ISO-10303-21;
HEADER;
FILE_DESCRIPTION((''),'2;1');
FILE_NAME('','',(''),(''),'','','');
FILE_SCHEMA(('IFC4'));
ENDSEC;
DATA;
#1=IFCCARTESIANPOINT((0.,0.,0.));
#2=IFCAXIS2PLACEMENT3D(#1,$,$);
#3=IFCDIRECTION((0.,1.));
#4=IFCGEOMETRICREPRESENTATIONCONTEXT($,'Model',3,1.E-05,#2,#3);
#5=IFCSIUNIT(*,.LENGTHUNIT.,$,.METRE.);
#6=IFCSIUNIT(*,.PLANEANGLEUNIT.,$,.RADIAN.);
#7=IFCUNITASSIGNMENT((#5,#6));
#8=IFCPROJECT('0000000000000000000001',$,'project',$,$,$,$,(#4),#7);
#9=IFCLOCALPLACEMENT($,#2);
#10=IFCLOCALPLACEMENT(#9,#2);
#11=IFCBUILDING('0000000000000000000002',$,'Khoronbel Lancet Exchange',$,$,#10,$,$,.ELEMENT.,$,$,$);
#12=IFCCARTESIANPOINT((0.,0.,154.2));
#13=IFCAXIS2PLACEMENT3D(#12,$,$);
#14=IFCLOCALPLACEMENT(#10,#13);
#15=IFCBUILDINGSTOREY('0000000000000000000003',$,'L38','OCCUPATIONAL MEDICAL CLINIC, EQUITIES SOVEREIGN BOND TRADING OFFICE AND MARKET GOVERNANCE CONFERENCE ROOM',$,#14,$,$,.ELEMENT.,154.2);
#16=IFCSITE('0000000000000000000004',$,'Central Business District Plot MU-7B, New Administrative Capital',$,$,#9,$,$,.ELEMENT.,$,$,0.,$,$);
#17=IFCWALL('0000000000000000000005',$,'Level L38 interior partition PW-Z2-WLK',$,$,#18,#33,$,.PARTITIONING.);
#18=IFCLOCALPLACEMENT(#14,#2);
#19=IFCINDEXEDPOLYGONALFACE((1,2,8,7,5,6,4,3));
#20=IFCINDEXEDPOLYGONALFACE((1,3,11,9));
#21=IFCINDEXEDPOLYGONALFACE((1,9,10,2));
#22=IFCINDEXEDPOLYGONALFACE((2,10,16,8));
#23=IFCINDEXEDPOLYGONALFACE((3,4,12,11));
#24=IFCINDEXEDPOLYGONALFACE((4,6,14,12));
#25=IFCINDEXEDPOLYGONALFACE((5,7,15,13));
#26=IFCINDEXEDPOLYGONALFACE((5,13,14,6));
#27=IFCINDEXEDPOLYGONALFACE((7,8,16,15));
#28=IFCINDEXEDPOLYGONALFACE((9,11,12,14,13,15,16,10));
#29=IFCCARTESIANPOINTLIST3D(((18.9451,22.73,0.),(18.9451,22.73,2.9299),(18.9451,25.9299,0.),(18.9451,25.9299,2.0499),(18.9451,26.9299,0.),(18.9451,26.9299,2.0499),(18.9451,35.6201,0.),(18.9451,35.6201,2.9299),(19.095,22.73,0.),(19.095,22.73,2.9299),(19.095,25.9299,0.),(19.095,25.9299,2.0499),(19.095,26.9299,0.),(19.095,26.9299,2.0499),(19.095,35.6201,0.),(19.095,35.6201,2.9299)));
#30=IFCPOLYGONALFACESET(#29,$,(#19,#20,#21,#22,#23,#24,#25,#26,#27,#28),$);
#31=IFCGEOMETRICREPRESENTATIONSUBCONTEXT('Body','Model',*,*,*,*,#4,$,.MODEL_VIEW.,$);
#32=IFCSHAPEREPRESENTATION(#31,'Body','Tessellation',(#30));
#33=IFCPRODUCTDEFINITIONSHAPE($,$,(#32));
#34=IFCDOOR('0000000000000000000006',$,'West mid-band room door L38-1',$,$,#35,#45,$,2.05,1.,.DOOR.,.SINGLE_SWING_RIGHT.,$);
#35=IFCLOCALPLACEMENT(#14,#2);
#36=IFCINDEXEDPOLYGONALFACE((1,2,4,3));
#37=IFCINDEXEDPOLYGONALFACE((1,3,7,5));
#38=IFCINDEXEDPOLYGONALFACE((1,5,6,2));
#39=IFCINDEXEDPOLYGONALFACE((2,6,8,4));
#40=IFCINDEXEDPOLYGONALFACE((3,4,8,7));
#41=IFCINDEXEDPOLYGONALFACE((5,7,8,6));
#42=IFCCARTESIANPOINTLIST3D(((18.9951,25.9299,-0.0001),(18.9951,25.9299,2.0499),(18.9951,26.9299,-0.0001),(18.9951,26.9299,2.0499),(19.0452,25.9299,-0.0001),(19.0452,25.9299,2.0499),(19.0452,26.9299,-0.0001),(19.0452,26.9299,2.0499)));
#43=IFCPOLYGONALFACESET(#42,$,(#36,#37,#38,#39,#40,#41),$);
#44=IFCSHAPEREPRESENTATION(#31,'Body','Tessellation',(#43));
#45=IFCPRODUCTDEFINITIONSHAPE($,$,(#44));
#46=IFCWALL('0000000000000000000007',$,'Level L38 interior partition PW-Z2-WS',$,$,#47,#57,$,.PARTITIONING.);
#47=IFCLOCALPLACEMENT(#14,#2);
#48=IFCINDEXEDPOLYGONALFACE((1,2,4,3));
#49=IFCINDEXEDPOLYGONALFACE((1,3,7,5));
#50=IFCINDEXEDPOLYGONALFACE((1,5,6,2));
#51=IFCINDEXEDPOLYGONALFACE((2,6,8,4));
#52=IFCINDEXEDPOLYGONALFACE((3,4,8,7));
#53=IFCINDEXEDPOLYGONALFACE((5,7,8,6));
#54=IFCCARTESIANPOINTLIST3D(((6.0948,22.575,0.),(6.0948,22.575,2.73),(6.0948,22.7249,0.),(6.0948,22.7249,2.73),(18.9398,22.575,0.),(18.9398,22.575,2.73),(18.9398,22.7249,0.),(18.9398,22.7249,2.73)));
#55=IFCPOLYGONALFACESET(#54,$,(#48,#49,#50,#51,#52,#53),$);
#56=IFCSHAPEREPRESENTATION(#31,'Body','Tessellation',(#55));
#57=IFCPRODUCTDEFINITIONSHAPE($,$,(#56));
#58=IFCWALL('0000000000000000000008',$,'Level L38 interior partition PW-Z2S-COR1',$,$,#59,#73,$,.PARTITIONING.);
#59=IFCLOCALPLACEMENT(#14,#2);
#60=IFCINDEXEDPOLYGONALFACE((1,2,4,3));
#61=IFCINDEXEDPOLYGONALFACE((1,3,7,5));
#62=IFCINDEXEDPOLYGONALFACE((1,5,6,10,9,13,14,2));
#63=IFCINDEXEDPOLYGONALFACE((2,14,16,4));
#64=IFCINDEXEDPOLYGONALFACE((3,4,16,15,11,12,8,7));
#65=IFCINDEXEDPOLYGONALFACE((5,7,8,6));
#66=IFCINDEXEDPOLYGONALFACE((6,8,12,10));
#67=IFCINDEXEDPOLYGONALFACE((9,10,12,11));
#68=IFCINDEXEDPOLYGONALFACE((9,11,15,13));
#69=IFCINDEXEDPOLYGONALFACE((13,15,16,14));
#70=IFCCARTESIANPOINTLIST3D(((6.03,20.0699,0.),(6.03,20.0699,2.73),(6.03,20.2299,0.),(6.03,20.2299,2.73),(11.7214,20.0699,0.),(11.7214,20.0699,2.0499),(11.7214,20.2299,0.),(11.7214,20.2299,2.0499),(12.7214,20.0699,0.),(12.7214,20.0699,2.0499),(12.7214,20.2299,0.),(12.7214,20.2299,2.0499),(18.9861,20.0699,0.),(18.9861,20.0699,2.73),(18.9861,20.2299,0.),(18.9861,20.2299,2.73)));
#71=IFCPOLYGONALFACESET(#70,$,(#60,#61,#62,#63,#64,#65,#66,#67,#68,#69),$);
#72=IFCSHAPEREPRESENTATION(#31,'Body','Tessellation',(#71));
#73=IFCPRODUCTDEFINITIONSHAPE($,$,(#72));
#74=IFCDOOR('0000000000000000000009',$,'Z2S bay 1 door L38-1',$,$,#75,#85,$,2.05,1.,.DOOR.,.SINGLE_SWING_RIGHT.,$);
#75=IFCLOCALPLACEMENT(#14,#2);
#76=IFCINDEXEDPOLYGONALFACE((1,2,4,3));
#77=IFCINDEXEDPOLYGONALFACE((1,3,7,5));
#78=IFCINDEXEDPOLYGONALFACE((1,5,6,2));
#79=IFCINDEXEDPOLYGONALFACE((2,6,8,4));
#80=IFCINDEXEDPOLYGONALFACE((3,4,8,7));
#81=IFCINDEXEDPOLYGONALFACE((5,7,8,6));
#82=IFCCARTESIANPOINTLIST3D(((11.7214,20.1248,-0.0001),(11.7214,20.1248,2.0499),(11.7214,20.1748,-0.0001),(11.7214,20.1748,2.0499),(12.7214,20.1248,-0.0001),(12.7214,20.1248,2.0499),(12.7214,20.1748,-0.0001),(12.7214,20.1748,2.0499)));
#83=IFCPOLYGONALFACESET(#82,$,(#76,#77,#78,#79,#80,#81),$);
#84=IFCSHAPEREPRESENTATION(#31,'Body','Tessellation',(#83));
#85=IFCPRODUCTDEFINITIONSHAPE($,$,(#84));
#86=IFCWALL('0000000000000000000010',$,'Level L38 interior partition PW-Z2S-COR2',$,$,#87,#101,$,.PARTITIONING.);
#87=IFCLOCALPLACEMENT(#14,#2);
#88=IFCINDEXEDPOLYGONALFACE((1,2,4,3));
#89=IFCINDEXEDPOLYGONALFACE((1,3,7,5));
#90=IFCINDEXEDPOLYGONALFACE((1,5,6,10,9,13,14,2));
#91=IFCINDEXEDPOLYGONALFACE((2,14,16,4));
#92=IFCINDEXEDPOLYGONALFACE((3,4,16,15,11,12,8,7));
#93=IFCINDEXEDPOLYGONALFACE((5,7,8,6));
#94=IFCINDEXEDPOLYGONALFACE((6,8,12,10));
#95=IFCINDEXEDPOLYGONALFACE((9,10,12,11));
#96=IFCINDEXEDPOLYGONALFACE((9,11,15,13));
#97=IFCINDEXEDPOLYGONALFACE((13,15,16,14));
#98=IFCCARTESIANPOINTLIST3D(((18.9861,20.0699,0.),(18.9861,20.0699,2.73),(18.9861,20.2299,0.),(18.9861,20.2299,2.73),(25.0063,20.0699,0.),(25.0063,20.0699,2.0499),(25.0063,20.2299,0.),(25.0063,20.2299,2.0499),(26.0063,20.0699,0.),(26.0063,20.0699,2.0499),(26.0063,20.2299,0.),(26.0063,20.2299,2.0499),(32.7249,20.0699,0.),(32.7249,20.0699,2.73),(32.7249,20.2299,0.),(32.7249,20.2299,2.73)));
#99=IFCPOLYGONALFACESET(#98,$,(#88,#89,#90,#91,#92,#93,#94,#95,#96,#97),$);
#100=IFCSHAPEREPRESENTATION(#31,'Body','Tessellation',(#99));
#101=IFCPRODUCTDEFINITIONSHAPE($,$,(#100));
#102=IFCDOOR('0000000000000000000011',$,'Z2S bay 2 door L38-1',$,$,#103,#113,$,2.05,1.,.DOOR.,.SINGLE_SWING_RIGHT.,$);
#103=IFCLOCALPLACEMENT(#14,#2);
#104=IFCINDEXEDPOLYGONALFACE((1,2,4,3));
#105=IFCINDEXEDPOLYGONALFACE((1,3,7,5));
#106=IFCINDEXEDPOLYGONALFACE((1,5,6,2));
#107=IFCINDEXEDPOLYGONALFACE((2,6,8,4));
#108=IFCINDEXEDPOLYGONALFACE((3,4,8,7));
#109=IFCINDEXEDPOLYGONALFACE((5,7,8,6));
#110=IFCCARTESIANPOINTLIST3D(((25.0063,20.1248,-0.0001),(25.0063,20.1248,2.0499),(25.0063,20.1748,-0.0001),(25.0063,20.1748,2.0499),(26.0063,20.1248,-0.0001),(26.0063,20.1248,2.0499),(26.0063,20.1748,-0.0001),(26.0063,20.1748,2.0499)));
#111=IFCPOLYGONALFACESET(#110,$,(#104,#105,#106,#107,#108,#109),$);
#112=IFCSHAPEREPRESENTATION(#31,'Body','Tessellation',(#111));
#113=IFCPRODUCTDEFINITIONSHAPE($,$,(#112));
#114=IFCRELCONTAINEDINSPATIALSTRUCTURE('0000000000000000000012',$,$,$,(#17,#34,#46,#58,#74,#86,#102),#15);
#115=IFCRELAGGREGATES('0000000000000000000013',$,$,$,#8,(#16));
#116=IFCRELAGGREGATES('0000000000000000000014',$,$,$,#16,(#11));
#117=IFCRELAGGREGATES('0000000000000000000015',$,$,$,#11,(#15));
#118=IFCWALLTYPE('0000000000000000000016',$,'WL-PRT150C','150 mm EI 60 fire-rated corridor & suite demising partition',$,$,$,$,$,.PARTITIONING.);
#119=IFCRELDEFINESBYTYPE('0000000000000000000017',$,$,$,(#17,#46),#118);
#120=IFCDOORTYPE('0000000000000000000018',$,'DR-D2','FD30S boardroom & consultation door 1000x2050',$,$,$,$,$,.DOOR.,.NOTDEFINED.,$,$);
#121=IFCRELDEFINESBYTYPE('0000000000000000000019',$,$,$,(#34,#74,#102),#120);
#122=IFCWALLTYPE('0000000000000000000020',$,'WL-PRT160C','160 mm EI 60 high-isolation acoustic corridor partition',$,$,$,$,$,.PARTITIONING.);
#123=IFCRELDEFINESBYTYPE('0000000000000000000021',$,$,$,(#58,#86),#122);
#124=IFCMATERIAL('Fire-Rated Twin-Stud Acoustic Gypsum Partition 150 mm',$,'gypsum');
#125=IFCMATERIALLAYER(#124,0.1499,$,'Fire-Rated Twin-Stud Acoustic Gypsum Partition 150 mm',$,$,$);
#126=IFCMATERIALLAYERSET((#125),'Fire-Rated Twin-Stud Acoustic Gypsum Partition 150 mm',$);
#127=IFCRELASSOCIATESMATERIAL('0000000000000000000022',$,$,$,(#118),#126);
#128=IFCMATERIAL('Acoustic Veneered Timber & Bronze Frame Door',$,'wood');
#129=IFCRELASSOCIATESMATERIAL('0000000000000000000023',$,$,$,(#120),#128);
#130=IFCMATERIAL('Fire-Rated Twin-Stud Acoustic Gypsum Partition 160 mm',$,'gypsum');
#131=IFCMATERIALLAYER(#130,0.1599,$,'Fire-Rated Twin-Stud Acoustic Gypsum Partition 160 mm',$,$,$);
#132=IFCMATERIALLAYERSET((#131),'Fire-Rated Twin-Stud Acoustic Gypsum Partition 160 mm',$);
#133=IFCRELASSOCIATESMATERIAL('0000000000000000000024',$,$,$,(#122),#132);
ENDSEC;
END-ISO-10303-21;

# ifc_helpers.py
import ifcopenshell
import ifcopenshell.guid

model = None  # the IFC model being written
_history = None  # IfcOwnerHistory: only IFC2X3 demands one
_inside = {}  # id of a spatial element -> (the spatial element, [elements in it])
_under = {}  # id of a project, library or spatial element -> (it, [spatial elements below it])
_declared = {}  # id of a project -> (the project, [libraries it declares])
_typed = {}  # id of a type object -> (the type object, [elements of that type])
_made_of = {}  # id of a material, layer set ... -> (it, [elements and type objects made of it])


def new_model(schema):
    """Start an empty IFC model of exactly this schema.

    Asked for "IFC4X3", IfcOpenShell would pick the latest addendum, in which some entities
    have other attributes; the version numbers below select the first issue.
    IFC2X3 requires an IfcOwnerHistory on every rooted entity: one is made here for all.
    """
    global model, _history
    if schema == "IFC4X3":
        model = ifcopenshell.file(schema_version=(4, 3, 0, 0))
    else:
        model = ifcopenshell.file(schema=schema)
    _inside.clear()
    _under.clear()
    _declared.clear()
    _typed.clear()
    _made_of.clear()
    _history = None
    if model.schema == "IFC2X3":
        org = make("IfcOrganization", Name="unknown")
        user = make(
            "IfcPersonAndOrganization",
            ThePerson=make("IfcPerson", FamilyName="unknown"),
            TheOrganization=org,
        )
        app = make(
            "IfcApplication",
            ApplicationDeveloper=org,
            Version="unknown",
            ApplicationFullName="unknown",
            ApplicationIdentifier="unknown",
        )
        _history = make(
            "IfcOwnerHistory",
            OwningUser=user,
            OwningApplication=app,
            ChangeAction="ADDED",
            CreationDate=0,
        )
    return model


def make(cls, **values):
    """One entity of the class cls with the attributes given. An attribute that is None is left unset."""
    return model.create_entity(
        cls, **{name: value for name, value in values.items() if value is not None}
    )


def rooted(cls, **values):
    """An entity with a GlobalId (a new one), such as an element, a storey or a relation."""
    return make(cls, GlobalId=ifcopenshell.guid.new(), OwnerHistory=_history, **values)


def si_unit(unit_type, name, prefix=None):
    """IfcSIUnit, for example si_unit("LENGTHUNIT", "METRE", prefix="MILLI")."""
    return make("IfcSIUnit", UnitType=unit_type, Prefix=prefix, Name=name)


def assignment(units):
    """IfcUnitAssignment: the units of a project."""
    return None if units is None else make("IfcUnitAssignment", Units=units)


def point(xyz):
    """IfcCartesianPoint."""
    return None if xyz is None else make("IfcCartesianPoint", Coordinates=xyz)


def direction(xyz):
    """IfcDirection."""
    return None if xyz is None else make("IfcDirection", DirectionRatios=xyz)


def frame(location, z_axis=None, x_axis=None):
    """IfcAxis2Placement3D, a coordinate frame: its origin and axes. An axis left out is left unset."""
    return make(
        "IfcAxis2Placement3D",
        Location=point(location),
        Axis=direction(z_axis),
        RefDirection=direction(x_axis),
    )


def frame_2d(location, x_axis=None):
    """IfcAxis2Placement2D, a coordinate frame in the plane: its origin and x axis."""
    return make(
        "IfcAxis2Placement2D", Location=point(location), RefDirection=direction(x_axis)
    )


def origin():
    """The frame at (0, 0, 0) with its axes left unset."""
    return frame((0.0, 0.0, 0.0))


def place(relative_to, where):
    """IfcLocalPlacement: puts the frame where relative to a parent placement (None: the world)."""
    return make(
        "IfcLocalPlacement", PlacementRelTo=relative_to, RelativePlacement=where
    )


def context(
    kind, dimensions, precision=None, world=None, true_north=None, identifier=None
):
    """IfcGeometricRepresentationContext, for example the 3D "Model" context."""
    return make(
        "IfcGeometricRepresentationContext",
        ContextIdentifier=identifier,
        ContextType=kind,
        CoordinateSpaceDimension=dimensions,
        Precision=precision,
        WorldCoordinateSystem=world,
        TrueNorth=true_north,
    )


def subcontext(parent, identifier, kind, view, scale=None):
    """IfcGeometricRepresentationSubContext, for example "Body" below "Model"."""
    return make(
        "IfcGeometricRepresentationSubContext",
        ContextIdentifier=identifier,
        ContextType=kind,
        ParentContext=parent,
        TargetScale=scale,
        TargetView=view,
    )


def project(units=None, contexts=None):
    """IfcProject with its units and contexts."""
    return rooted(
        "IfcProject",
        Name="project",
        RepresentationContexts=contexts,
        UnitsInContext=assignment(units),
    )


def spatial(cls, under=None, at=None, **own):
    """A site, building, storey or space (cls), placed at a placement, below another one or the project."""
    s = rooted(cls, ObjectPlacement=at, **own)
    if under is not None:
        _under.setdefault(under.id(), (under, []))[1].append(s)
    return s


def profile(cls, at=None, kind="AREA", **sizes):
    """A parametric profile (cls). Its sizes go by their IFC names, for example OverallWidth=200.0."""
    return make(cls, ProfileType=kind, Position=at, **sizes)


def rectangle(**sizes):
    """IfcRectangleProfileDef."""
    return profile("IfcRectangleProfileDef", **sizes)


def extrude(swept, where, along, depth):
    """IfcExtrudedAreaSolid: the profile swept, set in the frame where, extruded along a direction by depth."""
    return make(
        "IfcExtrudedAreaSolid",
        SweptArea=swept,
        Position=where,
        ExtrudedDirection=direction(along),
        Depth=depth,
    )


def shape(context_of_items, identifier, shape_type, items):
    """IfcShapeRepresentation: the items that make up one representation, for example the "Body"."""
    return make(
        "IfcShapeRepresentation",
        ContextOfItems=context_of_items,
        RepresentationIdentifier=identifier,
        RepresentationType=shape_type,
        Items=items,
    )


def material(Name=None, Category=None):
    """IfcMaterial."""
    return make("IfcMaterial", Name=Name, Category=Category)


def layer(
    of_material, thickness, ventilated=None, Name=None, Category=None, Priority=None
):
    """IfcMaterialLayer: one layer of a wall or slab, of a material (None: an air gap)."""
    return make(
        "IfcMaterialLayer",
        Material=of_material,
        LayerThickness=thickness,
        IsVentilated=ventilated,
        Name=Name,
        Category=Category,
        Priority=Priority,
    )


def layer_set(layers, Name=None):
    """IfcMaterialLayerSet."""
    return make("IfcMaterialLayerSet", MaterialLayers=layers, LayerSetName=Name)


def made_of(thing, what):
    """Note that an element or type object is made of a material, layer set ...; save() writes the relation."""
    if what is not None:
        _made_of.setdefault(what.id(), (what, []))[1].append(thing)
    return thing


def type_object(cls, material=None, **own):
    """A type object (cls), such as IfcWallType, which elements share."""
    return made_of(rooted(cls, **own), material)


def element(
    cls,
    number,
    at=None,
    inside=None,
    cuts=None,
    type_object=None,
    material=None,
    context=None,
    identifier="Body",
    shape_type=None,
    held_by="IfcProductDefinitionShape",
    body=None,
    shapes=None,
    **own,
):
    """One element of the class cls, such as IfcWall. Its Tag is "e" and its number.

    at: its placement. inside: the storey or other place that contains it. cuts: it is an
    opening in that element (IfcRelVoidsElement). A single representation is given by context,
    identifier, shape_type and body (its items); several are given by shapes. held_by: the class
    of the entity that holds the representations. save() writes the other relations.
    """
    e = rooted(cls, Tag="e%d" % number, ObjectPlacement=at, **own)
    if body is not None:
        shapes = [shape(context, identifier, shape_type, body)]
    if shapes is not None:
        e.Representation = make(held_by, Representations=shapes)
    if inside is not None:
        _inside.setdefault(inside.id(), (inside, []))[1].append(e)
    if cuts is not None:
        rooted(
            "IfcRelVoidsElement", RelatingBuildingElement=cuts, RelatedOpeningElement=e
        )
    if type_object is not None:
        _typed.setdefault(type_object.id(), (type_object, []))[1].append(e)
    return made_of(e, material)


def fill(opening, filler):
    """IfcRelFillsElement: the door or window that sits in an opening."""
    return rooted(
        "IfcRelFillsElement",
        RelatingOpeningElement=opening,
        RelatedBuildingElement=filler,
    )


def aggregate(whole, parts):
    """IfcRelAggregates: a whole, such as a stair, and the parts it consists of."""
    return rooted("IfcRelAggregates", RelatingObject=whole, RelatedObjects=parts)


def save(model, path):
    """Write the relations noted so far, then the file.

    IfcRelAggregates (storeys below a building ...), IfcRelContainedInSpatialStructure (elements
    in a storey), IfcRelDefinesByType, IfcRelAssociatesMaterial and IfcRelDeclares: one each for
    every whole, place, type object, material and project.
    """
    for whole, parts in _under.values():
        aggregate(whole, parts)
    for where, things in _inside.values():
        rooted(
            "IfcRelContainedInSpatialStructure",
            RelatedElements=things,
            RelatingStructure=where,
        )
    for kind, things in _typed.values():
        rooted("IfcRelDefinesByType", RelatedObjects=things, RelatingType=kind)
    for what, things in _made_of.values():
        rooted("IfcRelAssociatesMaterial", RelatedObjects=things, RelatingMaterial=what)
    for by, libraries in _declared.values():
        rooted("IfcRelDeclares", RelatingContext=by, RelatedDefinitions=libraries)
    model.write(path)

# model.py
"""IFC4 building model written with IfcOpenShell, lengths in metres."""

from ifc_helpers import new_model, si_unit, direction, frame, frame_2d, origin, place, context, subcontext, project, spatial, rectangle, extrude, material, layer, layer_set, type_object, element, fill, save


model = new_model("IFC4")

# Units and contexts
model_context = context("Model", 3, precision=1e-05, world=origin(), true_north=direction((0.0, 1.0)))
body_context = subcontext(model_context, "Body", "Model", "MODEL_VIEW")
ifc_project = project(units=[si_unit("LENGTHUNIT", "METRE"), si_unit("PLANEANGLEUNIT", "RADIAN")], contexts=[model_context])

# Site, building, storey
site_placement = place(None, origin())
site = spatial("IfcSite", under=ifc_project, at=site_placement, Name="Central Business District Plot MU-7B, New Administrative Capital", CompositionType="ELEMENT", RefElevation=0.0)
building_placement = place(site_placement, origin())
building = spatial("IfcBuilding", under=site, at=building_placement, Name="Khoronbel Lancet Exchange", CompositionType="ELEMENT")
storey_placement = place(building_placement, frame((0.0, 0.0, 154.2)))
storey = spatial("IfcBuildingStorey", under=building, at=storey_placement, Name="L38", Description="OCCUPATIONAL MEDICAL CLINIC, EQUITIES SOVEREIGN BOND TRADING OFFICE AND MARKET GOVERNANCE CONFERENCE ROOM", CompositionType="ELEMENT", Elevation=154.2)

# Wall, opening, door
ifc_material_1 = material(Name="Fire-Rated Twin-Stud Acoustic Gypsum Partition 150 mm", Category="gypsum")
ifc_layer_1 = layer(ifc_material_1, 0.1499, Name="Fire-Rated Twin-Stud Acoustic Gypsum Partition 150 mm")
ifc_layer_set_1 = layer_set([ifc_layer_1], Name="Fire-Rated Twin-Stud Acoustic Gypsum Partition 150 mm")
wall_type_1 = type_object("IfcWallType", Name="WL-PRT150C", Description="150 mm EI 60 fire-rated corridor & suite demising partition", PredefinedType="PARTITIONING", material=ifc_layer_set_1)
wall_1_placement = place(storey_placement, frame((19.02, 22.73, 0.0), z_axis=(0.0, 0.0, 1.0), x_axis=(0.0, 1.0, 0.0)))
wall_1 = element("IfcWall", 1, at=wall_1_placement, inside=storey, type_object=wall_type_1, Name="Level L38 interior partition PW-Z2-WLK", PredefinedType="PARTITIONING", context=body_context, shape_type="SweptSolid", body=[
    extrude(rectangle(XDim=12.8901, YDim=0.1499, at=frame_2d((6.4451, 0.0))), origin(), (0.0, 0.0, 1.0), 2.9299),
])
opening_1_placement = place(wall_1_placement, frame((3.2, 0.0, 0.0)))
opening_1 = element("IfcOpeningElement", 2, at=opening_1_placement, cuts=wall_1, PredefinedType="OPENING", context=body_context, shape_type="SweptSolid", body=[
    extrude(rectangle(XDim=1.0, YDim=2.05, at=frame_2d((0.5, 1.0249))), frame((0.0, 0.085, 0.0), z_axis=(0.0, -1.0, 0.0), x_axis=(1.0, 0.0, 0.0)), (0.0, 0.0, 1.0), 0.1699),
])
ifc_material_2 = material(Name="Acoustic Veneered Timber & Bronze Frame Door", Category="wood")
door_type_1 = type_object("IfcDoorType", Name="DR-D2", Description="FD30S boardroom & consultation door 1000x2050", OperationType="NOTDEFINED", PredefinedType="DOOR", material=ifc_material_2)
door_1_placement = place(opening_1_placement, origin())
door_1 = element("IfcDoor", 3, at=door_1_placement, inside=storey, type_object=door_type_1, Name="West mid-band room door L38-1", OperationType="SINGLE_SWING_RIGHT", OverallHeight=2.05, OverallWidth=1.0, PredefinedType="DOOR", context=body_context, shape_type="SweptSolid", body=[
    extrude(rectangle(XDim=1.0, YDim=2.05, at=frame_2d((0.5, 1.0249))), frame((0.0, 0.0249, 0.0), z_axis=(0.0, -1.0, 0.0), x_axis=(1.0, 0.0, 0.0)), (0.0, 0.0, 1.0), 0.05),
])
fill(opening_1, door_1)

# Wall
wall_2_placement = place(storey_placement, frame((6.095, 22.6499, 0.0), z_axis=(0.0, 0.0, 1.0), x_axis=(1.0, 0.0, 0.0)))
element("IfcWall", 4, at=wall_2_placement, inside=storey, type_object=wall_type_1, Name="Level L38 interior partition PW-Z2-WS", PredefinedType="PARTITIONING", context=body_context, shape_type="SweptSolid", body=[
    extrude(rectangle(XDim=12.845, YDim=0.1499, at=frame_2d((6.4224, 0.0))), origin(), (0.0, 0.0, 1.0), 2.73),
])

# Walls, openings, doors
ifc_material_3 = material(Name="Fire-Rated Twin-Stud Acoustic Gypsum Partition 160 mm", Category="gypsum")
ifc_layer_2 = layer(ifc_material_3, 0.1599, Name="Fire-Rated Twin-Stud Acoustic Gypsum Partition 160 mm")
ifc_layer_set_2 = layer_set([ifc_layer_2], Name="Fire-Rated Twin-Stud Acoustic Gypsum Partition 160 mm")
wall_type_2 = type_object("IfcWallType", Name="WL-PRT160C", Description="160 mm EI 60 high-isolation acoustic corridor partition", PredefinedType="PARTITIONING", material=ifc_layer_set_2)
wall_3_placement = place(storey_placement, frame((6.03, 20.1499, 0.0), z_axis=(0.0, 0.0, 1.0), x_axis=(1.0, 0.0, 0.0)))
wall_3 = element("IfcWall", 5, at=wall_3_placement, inside=storey, type_object=wall_type_2, Name="Level L38 interior partition PW-Z2S-COR1", PredefinedType="PARTITIONING", context=body_context, shape_type="SweptSolid", body=[
    extrude(rectangle(XDim=12.9561, YDim=0.1599, at=frame_2d((6.478, 0.0))), origin(), (0.0, 0.0, 1.0), 2.73),
])
opening_2_placement = place(wall_3_placement, frame((5.6914, 0.0, 0.0)))
opening_2 = element("IfcOpeningElement", 6, at=opening_2_placement, cuts=wall_3, PredefinedType="OPENING", context=body_context, shape_type="SweptSolid", body=[
    extrude(rectangle(XDim=1.0, YDim=2.05, at=frame_2d((0.5, 1.0249))), frame((0.0, 0.0898, 0.0), z_axis=(0.0, -1.0, 0.0), x_axis=(1.0, 0.0, 0.0)), (0.0, 0.0, 1.0), 0.1799),
])
door_2_placement = place(opening_2_placement, origin())
door_2 = element("IfcDoor", 7, at=door_2_placement, inside=storey, type_object=door_type_1, Name="Z2S bay 1 door L38-1", OperationType="SINGLE_SWING_RIGHT", OverallHeight=2.05, OverallWidth=1.0, PredefinedType="DOOR", context=body_context, shape_type="SweptSolid", body=[
    extrude(rectangle(XDim=1.0, YDim=2.05, at=frame_2d((0.5, 1.0249))), frame((0.0, 0.0249, 0.0), z_axis=(0.0, -1.0, 0.0), x_axis=(1.0, 0.0, 0.0)), (0.0, 0.0, 1.0), 0.05),
])
fill(opening_2, door_2)
wall_4_placement = place(storey_placement, frame((18.9861, 20.1499, 0.0), z_axis=(0.0, 0.0, 1.0), x_axis=(1.0, 0.0, 0.0)))
wall_4 = element("IfcWall", 8, at=wall_4_placement, inside=storey, type_object=wall_type_2, Name="Level L38 interior partition PW-Z2S-COR2", PredefinedType="PARTITIONING", context=body_context, shape_type="SweptSolid", body=[
    extrude(rectangle(XDim=13.7388, YDim=0.1599, at=frame_2d((6.8694, 0.0))), origin(), (0.0, 0.0, 1.0), 2.73),
])
opening_3_placement = place(wall_4_placement, frame((6.0203, 0.0, 0.0)))
opening_3 = element("IfcOpeningElement", 9, at=opening_3_placement, cuts=wall_4, PredefinedType="OPENING", context=body_context, shape_type="SweptSolid", body=[
    extrude(rectangle(XDim=1.0, YDim=2.05, at=frame_2d((0.5, 1.0249))), frame((0.0, 0.0898, 0.0), z_axis=(0.0, -1.0, 0.0), x_axis=(1.0, 0.0, 0.0)), (0.0, 0.0, 1.0), 0.1799),
])
door_3_placement = place(opening_3_placement, origin())
door_3 = element("IfcDoor", 10, at=door_3_placement, inside=storey, type_object=door_type_1, Name="Z2S bay 2 door L38-1", OperationType="SINGLE_SWING_RIGHT", OverallHeight=2.05, OverallWidth=1.0, PredefinedType="DOOR", context=body_context, shape_type="SweptSolid", body=[
    extrude(rectangle(XDim=1.0, YDim=2.05, at=frame_2d((0.5, 1.0249))), frame((0.0, 0.0249, 0.0), z_axis=(0.0, -1.0, 0.0), x_axis=(1.0, 0.0, 0.0)), (0.0, 0.0, 1.0), 0.05),
])
fill(opening_3, door_3)

save(model, "model.ifc")
